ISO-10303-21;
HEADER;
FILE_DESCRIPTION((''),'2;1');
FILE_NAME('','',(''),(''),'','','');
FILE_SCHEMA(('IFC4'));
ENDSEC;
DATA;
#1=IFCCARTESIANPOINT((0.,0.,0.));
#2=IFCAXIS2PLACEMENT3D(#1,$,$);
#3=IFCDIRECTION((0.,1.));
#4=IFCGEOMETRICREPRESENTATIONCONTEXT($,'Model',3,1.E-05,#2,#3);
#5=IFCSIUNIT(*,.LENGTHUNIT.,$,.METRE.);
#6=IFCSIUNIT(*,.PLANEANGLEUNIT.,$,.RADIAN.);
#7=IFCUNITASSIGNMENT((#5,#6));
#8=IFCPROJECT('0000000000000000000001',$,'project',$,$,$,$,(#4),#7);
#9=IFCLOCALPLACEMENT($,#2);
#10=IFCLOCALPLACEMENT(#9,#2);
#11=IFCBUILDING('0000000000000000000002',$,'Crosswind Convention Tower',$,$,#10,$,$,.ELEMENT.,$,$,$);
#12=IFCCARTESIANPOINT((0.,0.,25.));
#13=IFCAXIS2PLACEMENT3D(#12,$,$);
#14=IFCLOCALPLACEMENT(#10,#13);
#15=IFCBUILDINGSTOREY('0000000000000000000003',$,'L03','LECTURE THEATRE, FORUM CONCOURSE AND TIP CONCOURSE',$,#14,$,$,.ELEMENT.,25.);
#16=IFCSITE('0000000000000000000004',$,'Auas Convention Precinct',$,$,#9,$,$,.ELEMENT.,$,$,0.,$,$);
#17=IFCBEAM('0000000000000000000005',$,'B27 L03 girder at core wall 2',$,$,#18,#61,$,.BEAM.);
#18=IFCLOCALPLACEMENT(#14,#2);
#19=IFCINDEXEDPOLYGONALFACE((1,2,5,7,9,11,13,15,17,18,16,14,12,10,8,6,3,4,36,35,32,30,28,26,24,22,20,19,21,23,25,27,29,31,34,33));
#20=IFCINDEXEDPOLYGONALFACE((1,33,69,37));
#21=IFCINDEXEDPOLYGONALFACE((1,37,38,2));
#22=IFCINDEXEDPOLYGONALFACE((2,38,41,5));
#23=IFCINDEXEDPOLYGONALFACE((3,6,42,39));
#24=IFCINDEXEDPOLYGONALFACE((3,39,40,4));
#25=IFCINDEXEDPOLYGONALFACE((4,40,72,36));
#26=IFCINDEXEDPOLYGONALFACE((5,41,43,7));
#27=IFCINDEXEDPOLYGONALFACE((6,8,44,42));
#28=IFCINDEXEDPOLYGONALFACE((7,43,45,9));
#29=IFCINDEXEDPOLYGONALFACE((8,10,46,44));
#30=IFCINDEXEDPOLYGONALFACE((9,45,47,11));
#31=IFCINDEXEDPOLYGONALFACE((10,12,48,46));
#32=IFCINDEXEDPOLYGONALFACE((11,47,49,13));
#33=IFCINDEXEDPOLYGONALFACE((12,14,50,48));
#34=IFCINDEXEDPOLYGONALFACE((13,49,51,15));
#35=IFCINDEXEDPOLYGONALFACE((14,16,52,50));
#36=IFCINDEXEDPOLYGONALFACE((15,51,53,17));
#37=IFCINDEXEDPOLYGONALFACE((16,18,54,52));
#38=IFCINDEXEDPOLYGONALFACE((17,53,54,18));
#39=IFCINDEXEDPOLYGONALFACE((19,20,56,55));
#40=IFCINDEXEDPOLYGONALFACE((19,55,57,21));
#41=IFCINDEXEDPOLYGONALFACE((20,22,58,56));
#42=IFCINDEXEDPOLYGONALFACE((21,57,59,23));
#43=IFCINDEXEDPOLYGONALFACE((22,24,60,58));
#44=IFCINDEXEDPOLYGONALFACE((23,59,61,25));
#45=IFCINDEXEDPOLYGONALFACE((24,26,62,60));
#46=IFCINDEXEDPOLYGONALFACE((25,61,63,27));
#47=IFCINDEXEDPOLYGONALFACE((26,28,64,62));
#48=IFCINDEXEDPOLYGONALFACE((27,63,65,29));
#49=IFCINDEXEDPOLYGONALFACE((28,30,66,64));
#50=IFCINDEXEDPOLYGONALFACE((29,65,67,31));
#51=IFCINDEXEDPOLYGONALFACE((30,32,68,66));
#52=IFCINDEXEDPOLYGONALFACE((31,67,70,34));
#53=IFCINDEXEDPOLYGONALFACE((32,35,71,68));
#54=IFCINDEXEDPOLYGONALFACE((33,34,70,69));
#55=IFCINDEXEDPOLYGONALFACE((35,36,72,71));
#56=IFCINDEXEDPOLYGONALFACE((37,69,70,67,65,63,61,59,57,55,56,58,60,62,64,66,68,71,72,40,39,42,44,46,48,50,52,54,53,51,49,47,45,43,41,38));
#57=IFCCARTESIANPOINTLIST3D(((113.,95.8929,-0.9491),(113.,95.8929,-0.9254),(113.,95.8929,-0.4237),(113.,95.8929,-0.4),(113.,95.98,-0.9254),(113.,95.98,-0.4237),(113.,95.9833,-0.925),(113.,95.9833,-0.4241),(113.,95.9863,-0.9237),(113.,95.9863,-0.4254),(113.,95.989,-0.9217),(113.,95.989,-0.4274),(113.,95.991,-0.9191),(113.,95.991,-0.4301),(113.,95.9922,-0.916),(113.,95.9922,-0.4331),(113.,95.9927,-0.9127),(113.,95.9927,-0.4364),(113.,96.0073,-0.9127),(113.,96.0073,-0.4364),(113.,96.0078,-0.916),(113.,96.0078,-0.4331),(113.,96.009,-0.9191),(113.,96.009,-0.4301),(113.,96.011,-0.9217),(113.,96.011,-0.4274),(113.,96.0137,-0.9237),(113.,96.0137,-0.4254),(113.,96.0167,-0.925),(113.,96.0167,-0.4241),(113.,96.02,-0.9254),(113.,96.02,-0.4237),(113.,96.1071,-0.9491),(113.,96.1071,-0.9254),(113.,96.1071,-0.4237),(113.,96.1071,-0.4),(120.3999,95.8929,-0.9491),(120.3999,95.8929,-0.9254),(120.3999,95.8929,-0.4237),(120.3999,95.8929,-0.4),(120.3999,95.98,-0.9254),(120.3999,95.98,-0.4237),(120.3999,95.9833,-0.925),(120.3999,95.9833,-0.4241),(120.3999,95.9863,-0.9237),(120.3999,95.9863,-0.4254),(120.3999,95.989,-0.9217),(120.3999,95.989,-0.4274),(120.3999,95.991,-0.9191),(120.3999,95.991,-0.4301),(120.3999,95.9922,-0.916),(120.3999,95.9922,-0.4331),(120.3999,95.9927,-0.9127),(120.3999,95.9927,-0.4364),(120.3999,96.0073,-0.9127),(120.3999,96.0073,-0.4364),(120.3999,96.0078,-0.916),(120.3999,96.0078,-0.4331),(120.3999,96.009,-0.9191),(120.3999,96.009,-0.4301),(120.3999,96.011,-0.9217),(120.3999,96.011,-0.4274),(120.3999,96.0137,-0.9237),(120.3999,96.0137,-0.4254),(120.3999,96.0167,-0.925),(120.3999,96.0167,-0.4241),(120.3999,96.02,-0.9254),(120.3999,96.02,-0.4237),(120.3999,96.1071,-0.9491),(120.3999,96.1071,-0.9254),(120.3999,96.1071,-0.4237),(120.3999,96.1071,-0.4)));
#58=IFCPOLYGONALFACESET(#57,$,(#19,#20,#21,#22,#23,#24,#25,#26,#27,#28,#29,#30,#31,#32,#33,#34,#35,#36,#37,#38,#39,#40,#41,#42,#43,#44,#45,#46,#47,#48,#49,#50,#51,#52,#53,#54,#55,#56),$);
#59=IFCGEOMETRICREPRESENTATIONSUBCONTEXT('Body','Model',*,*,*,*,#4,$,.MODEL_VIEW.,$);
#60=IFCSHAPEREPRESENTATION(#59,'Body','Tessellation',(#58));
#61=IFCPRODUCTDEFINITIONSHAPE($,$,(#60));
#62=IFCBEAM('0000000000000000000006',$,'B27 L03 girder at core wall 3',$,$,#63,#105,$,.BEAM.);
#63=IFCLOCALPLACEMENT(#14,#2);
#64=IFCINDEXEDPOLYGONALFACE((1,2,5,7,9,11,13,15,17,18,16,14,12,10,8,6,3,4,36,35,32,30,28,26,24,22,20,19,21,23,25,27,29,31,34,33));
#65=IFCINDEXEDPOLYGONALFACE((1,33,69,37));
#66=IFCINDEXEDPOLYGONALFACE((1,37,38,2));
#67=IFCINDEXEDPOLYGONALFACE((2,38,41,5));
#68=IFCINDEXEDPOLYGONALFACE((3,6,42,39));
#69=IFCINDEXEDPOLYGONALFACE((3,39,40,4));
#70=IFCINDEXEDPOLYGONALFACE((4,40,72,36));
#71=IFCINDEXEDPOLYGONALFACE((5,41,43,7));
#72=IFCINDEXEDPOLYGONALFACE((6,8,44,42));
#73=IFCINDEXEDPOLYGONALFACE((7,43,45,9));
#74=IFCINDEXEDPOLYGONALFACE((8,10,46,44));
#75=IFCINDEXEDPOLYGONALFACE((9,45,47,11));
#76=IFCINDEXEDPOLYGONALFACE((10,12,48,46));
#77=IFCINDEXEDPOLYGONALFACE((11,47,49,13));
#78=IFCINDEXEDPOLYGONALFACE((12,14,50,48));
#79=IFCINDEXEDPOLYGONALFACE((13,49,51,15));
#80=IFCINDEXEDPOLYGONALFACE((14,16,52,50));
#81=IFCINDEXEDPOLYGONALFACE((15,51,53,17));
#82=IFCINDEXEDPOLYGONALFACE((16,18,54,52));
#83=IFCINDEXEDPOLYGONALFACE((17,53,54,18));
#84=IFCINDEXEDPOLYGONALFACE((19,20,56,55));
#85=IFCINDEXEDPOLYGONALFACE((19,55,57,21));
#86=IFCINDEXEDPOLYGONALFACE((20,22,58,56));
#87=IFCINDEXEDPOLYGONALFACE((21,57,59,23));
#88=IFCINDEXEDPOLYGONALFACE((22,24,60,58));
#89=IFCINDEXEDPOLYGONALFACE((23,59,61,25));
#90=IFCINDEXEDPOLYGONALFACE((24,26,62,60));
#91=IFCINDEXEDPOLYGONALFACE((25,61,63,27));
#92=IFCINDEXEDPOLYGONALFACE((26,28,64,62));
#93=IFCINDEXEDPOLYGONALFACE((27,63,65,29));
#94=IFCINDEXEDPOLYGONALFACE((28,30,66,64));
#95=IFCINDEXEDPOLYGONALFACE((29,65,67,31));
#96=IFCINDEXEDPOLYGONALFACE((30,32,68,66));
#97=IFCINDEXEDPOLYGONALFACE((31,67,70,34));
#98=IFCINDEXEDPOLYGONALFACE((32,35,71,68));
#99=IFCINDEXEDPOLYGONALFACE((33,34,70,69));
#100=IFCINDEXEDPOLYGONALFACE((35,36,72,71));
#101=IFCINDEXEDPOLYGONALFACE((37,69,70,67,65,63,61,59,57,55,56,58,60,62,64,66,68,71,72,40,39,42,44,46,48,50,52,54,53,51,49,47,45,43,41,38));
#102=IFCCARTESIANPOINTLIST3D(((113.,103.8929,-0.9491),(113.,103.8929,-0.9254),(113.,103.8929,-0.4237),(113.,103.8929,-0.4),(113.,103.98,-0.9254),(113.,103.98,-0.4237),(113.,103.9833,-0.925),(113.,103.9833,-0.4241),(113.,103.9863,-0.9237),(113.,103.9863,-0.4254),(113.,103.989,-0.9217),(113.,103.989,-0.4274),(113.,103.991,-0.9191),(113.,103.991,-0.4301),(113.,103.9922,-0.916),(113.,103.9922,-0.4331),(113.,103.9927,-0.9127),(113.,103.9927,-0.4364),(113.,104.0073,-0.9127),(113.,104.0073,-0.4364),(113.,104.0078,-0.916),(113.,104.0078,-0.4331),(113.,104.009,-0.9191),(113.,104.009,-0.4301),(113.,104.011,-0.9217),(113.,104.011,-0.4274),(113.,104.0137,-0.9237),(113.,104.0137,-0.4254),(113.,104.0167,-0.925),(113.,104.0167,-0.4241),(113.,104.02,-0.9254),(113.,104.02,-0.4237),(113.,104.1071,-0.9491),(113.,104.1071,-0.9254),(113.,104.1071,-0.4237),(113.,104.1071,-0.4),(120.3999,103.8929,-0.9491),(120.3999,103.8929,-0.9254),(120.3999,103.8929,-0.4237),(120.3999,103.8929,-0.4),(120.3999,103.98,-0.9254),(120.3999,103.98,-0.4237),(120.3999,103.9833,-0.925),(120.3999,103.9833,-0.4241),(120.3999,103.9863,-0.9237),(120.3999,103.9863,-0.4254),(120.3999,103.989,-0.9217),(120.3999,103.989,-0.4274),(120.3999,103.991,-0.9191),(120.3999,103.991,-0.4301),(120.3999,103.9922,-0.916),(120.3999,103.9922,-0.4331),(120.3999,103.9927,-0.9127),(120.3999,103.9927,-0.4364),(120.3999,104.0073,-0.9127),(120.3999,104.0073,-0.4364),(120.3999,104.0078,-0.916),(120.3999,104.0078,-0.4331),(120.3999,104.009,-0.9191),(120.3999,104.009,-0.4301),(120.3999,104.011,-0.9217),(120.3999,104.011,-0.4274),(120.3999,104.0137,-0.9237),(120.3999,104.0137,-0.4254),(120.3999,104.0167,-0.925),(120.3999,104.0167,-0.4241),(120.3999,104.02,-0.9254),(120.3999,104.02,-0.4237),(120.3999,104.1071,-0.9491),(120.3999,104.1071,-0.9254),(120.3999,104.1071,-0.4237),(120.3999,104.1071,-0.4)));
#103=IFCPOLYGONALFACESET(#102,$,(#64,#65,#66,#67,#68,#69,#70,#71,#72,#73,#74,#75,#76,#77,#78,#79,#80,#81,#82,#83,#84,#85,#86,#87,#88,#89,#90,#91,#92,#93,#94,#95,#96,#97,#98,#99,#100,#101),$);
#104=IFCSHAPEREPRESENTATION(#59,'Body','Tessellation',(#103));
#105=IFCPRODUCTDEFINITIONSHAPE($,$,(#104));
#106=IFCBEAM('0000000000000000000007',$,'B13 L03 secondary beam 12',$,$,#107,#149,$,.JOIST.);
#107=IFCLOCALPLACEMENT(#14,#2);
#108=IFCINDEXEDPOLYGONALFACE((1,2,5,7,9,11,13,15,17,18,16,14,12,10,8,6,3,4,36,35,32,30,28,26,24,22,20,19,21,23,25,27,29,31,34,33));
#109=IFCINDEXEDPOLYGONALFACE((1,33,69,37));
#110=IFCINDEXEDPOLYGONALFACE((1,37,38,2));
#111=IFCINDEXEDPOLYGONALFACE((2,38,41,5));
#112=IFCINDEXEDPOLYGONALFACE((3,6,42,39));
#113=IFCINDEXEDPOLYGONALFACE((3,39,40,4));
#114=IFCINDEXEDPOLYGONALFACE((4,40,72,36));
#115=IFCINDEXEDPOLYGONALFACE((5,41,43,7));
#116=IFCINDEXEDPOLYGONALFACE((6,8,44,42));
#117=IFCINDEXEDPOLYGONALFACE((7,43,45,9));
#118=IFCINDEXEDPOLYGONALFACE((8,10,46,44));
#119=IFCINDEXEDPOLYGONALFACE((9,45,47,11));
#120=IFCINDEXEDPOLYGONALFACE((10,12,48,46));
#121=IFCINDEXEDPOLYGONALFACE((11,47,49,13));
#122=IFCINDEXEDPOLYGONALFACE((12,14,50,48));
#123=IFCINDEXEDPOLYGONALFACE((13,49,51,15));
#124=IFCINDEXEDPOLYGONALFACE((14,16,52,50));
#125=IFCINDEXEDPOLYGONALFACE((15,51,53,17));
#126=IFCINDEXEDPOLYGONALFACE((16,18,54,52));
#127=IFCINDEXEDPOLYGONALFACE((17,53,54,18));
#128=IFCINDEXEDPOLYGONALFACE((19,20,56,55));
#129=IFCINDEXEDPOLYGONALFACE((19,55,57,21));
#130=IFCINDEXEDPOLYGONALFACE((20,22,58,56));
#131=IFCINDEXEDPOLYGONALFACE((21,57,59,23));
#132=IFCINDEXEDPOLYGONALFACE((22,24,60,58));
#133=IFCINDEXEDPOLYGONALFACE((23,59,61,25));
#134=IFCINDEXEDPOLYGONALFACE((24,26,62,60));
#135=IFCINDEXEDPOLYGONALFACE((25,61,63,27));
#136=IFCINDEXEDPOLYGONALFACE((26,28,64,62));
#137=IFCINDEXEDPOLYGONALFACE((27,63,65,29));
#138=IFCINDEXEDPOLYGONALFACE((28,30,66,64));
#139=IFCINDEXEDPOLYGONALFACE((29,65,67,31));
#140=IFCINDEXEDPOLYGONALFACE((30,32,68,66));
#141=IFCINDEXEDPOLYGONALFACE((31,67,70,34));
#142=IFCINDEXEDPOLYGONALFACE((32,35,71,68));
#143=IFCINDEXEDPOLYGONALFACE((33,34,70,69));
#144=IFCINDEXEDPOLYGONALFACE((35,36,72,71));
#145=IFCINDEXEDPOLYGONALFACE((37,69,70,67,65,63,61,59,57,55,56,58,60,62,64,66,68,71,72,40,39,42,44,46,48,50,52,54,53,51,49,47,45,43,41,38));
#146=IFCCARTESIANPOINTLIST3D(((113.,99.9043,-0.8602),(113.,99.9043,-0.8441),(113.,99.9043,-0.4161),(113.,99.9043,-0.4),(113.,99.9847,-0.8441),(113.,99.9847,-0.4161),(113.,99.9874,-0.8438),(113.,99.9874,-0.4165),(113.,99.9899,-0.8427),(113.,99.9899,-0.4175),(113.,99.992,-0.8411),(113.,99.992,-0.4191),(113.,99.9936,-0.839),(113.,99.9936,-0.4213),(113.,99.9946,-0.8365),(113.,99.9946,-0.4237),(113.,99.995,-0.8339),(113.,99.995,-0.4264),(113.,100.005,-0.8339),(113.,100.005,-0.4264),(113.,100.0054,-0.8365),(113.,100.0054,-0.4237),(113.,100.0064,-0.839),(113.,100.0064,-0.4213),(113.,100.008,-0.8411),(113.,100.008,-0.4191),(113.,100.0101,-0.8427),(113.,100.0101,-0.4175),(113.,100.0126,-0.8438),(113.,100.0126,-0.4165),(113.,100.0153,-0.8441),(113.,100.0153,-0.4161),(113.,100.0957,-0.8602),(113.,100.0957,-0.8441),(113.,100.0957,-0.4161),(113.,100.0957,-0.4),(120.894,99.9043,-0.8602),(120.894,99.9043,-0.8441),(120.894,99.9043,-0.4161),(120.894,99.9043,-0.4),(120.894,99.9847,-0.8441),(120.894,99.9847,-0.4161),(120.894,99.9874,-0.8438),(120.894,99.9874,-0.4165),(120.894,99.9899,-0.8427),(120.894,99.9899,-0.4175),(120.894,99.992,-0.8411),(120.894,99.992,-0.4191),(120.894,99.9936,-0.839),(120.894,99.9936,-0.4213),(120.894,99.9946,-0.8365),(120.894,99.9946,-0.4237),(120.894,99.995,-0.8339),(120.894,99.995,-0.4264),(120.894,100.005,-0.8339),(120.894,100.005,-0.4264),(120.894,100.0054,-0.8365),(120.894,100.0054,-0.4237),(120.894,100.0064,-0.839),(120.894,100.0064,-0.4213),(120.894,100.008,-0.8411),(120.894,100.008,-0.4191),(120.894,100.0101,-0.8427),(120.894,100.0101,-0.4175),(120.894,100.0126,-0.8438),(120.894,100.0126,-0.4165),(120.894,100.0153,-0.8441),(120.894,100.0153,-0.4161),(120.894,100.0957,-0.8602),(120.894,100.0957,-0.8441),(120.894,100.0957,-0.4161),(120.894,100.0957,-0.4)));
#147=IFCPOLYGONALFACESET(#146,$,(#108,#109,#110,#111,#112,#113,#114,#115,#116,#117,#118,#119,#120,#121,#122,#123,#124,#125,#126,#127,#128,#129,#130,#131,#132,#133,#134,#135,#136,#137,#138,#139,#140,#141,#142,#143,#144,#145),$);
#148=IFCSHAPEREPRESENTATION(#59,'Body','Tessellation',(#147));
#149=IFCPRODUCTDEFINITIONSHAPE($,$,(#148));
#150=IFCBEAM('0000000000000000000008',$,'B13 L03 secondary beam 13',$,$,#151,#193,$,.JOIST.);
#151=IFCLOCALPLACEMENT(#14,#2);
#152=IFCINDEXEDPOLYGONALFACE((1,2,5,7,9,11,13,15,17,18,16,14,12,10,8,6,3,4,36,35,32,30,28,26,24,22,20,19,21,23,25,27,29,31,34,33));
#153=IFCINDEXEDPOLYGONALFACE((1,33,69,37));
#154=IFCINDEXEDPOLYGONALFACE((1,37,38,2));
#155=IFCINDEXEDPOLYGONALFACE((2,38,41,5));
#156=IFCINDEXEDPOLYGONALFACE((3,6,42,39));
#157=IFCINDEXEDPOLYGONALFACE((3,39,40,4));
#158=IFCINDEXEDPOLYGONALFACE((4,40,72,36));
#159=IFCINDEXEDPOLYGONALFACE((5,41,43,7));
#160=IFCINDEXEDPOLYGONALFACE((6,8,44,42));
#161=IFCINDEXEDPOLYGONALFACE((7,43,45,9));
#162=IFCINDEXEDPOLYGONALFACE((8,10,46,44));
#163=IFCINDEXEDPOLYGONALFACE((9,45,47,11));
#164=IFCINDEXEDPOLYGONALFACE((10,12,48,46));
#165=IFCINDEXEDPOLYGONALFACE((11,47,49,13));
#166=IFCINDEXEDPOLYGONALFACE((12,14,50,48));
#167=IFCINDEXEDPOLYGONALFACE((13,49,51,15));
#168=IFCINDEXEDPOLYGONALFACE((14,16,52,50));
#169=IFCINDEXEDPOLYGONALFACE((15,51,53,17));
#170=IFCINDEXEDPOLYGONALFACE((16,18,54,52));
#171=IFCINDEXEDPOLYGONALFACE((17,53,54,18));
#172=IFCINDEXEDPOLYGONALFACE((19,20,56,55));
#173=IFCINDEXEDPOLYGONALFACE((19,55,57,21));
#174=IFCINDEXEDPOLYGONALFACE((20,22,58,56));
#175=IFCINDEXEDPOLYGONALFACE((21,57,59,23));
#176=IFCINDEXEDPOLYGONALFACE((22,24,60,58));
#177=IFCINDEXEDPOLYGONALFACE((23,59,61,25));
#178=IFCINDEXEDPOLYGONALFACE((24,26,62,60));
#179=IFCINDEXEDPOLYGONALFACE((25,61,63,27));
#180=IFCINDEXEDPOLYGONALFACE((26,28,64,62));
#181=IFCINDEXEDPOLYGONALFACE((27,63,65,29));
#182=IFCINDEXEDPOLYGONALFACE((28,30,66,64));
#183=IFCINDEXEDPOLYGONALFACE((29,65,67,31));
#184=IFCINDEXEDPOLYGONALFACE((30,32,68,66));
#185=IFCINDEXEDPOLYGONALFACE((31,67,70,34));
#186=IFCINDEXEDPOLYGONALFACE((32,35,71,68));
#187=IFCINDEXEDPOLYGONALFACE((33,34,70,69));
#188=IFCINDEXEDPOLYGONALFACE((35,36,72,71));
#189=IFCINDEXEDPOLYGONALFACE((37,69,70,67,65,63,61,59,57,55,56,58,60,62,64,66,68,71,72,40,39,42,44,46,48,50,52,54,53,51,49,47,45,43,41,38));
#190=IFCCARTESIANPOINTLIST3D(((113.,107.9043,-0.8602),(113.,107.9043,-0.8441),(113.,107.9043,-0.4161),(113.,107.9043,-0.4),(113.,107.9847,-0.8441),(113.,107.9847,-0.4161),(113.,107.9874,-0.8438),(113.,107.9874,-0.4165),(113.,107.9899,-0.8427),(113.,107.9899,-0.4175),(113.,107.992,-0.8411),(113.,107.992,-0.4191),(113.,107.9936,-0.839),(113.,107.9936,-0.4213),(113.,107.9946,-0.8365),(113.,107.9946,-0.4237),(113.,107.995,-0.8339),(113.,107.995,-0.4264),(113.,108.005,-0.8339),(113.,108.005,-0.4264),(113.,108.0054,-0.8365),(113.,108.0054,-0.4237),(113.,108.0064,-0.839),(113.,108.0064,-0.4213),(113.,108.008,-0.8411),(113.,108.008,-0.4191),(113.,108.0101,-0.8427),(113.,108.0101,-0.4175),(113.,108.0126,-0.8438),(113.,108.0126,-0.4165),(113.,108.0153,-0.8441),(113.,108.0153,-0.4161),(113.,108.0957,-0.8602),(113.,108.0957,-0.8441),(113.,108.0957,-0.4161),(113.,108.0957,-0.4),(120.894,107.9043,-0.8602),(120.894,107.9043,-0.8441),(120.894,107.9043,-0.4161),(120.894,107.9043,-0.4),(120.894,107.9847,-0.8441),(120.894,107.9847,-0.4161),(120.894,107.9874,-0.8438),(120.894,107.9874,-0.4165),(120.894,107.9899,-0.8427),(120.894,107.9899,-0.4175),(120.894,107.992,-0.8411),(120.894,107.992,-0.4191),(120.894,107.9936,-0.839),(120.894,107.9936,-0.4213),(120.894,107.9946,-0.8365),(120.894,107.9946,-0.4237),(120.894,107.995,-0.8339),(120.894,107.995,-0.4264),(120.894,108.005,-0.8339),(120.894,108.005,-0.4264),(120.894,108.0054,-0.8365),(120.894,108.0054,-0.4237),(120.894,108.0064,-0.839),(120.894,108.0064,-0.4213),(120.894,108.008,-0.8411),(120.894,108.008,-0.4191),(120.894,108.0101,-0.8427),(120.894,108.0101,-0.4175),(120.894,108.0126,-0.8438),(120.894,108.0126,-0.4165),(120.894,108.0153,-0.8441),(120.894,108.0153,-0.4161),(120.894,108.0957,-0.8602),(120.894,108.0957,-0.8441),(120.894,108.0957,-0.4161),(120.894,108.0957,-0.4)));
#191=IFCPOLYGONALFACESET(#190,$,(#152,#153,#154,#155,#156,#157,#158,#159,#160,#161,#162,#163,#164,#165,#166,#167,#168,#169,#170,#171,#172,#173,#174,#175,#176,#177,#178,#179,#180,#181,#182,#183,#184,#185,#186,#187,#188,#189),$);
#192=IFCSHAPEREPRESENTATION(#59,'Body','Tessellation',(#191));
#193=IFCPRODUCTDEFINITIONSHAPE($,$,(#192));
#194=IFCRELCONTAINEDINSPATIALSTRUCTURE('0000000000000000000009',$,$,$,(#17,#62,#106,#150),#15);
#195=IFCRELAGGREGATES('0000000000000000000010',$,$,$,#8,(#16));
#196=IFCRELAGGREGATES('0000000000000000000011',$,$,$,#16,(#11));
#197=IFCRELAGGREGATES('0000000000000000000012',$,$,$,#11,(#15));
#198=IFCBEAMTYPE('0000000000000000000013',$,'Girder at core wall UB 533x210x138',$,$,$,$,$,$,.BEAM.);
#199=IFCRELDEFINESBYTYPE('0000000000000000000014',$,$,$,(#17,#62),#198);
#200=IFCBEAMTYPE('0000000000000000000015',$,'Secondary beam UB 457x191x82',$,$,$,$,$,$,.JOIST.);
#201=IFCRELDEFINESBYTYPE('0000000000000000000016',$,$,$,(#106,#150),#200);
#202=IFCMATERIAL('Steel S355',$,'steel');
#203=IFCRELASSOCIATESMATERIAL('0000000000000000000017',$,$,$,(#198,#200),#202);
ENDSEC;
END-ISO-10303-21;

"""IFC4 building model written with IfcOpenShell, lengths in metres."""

from ifc_helpers import new_model, si_unit, direction, frame, origin, origin_2d, place, context, subcontext, project, spatial, i_section, extrude, material, material_profile, profile_set, type_object, element, save


model = new_model("IFC4")

# Units and contexts
model_context = context("Model", 3, precision=1e-05, world=origin(), true_north=direction((0.0, 1.0)))
body_context = subcontext(model_context, "Body", "Model", "MODEL_VIEW")
ifc_project = project(units=[si_unit("LENGTHUNIT", "METRE"), si_unit("PLANEANGLEUNIT", "RADIAN")], contexts=[model_context])

# Site, building, storey
site_placement = place(None, origin())
site = spatial("IfcSite", under=ifc_project, at=site_placement, Name="Auas Convention Precinct", CompositionType="ELEMENT", RefElevation=0.0)
building_placement = place(site_placement, origin())
building = spatial("IfcBuilding", under=site, at=building_placement, Name="Crosswind Convention Tower", CompositionType="ELEMENT")
storey_placement = place(building_placement, frame((0.0, 0.0, 25.0)))
storey = spatial("IfcBuildingStorey", under=building, at=storey_placement, Name="L03", Description="LECTURE THEATRE, FORUM CONCOURSE AND TIP CONCOURSE", CompositionType="ELEMENT", Elevation=25.0)

# Beams
ifc_material_1 = material(Name="Steel S355", Category="steel")
ifc_material_profile_1 = material_profile(ifc_material_1, i_section(OverallWidth=0.2141, OverallDepth=0.5491, WebThickness=0.0146, FlangeThickness=0.0237, FilletRadius=0.0127, at=origin_2d()), Name="UB 533x210x138")
ifc_profile_set_1 = profile_set([ifc_material_profile_1], Name="Steel S355")
beam_type_1 = type_object("IfcBeamType", Name="Girder at core wall UB 533x210x138", PredefinedType="BEAM", material=ifc_profile_set_1)
for number, where, z_axis, x_axis, name in (
    (1, (113.0, 96.0, -0.6746), (1.0, 0.0, 0.0), (0.0, 1.0, 0.0), "B27 L03 girder at core wall 2"),
    (2, (113.0, 104.0, -0.6746), (1.0, 0.0, 0.0), (0.0, 1.0, 0.0), "B27 L03 girder at core wall 3"),
):
    element("IfcBeam", number, at=place(storey_placement, frame(where, z_axis=z_axis, x_axis=x_axis)), inside=storey, type_object=beam_type_1, Name=name, PredefinedType="BEAM", context=body_context, shape_type="SweptSolid", body=[
        extrude(i_section(OverallWidth=0.2141, OverallDepth=0.5491, WebThickness=0.0146, FlangeThickness=0.0237, FilletRadius=0.0127, at=origin_2d()), origin(), (0.0, 0.0, 1.0), 7.3999),
    ])
ifc_material_profile_2 = material_profile(ifc_material_1, i_section(OverallWidth=0.1914, OverallDepth=0.4602, WebThickness=0.01, FlangeThickness=0.0161, FilletRadius=0.0103, at=origin_2d()), Name="UB 457x191x82")
ifc_profile_set_2 = profile_set([ifc_material_profile_2], Name="Steel S355")
beam_type_2 = type_object("IfcBeamType", Name="Secondary beam UB 457x191x82", PredefinedType="JOIST", material=ifc_profile_set_2)
for number, where, z_axis, x_axis, name in (
    (3, (113.0, 100.0, -0.6301), (1.0, 0.0, 0.0), (0.0, 1.0, 0.0), "B13 L03 secondary beam 12"),
    (4, (113.0, 108.0, -0.6301), (1.0, 0.0, 0.0), (0.0, 1.0, 0.0), "B13 L03 secondary beam 13"),
):
    element("IfcBeam", number, at=place(storey_placement, frame(where, z_axis=z_axis, x_axis=x_axis)), inside=storey, type_object=beam_type_2, Name=name, PredefinedType="JOIST", context=body_context, shape_type="SweptSolid", body=[
        extrude(i_section(OverallWidth=0.1914, OverallDepth=0.4602, WebThickness=0.01, FlangeThickness=0.0161, FilletRadius=0.0103, at=origin_2d()), origin(), (0.0, 0.0, 1.0), 7.894),
    ])

save(model, "model.ifc")
